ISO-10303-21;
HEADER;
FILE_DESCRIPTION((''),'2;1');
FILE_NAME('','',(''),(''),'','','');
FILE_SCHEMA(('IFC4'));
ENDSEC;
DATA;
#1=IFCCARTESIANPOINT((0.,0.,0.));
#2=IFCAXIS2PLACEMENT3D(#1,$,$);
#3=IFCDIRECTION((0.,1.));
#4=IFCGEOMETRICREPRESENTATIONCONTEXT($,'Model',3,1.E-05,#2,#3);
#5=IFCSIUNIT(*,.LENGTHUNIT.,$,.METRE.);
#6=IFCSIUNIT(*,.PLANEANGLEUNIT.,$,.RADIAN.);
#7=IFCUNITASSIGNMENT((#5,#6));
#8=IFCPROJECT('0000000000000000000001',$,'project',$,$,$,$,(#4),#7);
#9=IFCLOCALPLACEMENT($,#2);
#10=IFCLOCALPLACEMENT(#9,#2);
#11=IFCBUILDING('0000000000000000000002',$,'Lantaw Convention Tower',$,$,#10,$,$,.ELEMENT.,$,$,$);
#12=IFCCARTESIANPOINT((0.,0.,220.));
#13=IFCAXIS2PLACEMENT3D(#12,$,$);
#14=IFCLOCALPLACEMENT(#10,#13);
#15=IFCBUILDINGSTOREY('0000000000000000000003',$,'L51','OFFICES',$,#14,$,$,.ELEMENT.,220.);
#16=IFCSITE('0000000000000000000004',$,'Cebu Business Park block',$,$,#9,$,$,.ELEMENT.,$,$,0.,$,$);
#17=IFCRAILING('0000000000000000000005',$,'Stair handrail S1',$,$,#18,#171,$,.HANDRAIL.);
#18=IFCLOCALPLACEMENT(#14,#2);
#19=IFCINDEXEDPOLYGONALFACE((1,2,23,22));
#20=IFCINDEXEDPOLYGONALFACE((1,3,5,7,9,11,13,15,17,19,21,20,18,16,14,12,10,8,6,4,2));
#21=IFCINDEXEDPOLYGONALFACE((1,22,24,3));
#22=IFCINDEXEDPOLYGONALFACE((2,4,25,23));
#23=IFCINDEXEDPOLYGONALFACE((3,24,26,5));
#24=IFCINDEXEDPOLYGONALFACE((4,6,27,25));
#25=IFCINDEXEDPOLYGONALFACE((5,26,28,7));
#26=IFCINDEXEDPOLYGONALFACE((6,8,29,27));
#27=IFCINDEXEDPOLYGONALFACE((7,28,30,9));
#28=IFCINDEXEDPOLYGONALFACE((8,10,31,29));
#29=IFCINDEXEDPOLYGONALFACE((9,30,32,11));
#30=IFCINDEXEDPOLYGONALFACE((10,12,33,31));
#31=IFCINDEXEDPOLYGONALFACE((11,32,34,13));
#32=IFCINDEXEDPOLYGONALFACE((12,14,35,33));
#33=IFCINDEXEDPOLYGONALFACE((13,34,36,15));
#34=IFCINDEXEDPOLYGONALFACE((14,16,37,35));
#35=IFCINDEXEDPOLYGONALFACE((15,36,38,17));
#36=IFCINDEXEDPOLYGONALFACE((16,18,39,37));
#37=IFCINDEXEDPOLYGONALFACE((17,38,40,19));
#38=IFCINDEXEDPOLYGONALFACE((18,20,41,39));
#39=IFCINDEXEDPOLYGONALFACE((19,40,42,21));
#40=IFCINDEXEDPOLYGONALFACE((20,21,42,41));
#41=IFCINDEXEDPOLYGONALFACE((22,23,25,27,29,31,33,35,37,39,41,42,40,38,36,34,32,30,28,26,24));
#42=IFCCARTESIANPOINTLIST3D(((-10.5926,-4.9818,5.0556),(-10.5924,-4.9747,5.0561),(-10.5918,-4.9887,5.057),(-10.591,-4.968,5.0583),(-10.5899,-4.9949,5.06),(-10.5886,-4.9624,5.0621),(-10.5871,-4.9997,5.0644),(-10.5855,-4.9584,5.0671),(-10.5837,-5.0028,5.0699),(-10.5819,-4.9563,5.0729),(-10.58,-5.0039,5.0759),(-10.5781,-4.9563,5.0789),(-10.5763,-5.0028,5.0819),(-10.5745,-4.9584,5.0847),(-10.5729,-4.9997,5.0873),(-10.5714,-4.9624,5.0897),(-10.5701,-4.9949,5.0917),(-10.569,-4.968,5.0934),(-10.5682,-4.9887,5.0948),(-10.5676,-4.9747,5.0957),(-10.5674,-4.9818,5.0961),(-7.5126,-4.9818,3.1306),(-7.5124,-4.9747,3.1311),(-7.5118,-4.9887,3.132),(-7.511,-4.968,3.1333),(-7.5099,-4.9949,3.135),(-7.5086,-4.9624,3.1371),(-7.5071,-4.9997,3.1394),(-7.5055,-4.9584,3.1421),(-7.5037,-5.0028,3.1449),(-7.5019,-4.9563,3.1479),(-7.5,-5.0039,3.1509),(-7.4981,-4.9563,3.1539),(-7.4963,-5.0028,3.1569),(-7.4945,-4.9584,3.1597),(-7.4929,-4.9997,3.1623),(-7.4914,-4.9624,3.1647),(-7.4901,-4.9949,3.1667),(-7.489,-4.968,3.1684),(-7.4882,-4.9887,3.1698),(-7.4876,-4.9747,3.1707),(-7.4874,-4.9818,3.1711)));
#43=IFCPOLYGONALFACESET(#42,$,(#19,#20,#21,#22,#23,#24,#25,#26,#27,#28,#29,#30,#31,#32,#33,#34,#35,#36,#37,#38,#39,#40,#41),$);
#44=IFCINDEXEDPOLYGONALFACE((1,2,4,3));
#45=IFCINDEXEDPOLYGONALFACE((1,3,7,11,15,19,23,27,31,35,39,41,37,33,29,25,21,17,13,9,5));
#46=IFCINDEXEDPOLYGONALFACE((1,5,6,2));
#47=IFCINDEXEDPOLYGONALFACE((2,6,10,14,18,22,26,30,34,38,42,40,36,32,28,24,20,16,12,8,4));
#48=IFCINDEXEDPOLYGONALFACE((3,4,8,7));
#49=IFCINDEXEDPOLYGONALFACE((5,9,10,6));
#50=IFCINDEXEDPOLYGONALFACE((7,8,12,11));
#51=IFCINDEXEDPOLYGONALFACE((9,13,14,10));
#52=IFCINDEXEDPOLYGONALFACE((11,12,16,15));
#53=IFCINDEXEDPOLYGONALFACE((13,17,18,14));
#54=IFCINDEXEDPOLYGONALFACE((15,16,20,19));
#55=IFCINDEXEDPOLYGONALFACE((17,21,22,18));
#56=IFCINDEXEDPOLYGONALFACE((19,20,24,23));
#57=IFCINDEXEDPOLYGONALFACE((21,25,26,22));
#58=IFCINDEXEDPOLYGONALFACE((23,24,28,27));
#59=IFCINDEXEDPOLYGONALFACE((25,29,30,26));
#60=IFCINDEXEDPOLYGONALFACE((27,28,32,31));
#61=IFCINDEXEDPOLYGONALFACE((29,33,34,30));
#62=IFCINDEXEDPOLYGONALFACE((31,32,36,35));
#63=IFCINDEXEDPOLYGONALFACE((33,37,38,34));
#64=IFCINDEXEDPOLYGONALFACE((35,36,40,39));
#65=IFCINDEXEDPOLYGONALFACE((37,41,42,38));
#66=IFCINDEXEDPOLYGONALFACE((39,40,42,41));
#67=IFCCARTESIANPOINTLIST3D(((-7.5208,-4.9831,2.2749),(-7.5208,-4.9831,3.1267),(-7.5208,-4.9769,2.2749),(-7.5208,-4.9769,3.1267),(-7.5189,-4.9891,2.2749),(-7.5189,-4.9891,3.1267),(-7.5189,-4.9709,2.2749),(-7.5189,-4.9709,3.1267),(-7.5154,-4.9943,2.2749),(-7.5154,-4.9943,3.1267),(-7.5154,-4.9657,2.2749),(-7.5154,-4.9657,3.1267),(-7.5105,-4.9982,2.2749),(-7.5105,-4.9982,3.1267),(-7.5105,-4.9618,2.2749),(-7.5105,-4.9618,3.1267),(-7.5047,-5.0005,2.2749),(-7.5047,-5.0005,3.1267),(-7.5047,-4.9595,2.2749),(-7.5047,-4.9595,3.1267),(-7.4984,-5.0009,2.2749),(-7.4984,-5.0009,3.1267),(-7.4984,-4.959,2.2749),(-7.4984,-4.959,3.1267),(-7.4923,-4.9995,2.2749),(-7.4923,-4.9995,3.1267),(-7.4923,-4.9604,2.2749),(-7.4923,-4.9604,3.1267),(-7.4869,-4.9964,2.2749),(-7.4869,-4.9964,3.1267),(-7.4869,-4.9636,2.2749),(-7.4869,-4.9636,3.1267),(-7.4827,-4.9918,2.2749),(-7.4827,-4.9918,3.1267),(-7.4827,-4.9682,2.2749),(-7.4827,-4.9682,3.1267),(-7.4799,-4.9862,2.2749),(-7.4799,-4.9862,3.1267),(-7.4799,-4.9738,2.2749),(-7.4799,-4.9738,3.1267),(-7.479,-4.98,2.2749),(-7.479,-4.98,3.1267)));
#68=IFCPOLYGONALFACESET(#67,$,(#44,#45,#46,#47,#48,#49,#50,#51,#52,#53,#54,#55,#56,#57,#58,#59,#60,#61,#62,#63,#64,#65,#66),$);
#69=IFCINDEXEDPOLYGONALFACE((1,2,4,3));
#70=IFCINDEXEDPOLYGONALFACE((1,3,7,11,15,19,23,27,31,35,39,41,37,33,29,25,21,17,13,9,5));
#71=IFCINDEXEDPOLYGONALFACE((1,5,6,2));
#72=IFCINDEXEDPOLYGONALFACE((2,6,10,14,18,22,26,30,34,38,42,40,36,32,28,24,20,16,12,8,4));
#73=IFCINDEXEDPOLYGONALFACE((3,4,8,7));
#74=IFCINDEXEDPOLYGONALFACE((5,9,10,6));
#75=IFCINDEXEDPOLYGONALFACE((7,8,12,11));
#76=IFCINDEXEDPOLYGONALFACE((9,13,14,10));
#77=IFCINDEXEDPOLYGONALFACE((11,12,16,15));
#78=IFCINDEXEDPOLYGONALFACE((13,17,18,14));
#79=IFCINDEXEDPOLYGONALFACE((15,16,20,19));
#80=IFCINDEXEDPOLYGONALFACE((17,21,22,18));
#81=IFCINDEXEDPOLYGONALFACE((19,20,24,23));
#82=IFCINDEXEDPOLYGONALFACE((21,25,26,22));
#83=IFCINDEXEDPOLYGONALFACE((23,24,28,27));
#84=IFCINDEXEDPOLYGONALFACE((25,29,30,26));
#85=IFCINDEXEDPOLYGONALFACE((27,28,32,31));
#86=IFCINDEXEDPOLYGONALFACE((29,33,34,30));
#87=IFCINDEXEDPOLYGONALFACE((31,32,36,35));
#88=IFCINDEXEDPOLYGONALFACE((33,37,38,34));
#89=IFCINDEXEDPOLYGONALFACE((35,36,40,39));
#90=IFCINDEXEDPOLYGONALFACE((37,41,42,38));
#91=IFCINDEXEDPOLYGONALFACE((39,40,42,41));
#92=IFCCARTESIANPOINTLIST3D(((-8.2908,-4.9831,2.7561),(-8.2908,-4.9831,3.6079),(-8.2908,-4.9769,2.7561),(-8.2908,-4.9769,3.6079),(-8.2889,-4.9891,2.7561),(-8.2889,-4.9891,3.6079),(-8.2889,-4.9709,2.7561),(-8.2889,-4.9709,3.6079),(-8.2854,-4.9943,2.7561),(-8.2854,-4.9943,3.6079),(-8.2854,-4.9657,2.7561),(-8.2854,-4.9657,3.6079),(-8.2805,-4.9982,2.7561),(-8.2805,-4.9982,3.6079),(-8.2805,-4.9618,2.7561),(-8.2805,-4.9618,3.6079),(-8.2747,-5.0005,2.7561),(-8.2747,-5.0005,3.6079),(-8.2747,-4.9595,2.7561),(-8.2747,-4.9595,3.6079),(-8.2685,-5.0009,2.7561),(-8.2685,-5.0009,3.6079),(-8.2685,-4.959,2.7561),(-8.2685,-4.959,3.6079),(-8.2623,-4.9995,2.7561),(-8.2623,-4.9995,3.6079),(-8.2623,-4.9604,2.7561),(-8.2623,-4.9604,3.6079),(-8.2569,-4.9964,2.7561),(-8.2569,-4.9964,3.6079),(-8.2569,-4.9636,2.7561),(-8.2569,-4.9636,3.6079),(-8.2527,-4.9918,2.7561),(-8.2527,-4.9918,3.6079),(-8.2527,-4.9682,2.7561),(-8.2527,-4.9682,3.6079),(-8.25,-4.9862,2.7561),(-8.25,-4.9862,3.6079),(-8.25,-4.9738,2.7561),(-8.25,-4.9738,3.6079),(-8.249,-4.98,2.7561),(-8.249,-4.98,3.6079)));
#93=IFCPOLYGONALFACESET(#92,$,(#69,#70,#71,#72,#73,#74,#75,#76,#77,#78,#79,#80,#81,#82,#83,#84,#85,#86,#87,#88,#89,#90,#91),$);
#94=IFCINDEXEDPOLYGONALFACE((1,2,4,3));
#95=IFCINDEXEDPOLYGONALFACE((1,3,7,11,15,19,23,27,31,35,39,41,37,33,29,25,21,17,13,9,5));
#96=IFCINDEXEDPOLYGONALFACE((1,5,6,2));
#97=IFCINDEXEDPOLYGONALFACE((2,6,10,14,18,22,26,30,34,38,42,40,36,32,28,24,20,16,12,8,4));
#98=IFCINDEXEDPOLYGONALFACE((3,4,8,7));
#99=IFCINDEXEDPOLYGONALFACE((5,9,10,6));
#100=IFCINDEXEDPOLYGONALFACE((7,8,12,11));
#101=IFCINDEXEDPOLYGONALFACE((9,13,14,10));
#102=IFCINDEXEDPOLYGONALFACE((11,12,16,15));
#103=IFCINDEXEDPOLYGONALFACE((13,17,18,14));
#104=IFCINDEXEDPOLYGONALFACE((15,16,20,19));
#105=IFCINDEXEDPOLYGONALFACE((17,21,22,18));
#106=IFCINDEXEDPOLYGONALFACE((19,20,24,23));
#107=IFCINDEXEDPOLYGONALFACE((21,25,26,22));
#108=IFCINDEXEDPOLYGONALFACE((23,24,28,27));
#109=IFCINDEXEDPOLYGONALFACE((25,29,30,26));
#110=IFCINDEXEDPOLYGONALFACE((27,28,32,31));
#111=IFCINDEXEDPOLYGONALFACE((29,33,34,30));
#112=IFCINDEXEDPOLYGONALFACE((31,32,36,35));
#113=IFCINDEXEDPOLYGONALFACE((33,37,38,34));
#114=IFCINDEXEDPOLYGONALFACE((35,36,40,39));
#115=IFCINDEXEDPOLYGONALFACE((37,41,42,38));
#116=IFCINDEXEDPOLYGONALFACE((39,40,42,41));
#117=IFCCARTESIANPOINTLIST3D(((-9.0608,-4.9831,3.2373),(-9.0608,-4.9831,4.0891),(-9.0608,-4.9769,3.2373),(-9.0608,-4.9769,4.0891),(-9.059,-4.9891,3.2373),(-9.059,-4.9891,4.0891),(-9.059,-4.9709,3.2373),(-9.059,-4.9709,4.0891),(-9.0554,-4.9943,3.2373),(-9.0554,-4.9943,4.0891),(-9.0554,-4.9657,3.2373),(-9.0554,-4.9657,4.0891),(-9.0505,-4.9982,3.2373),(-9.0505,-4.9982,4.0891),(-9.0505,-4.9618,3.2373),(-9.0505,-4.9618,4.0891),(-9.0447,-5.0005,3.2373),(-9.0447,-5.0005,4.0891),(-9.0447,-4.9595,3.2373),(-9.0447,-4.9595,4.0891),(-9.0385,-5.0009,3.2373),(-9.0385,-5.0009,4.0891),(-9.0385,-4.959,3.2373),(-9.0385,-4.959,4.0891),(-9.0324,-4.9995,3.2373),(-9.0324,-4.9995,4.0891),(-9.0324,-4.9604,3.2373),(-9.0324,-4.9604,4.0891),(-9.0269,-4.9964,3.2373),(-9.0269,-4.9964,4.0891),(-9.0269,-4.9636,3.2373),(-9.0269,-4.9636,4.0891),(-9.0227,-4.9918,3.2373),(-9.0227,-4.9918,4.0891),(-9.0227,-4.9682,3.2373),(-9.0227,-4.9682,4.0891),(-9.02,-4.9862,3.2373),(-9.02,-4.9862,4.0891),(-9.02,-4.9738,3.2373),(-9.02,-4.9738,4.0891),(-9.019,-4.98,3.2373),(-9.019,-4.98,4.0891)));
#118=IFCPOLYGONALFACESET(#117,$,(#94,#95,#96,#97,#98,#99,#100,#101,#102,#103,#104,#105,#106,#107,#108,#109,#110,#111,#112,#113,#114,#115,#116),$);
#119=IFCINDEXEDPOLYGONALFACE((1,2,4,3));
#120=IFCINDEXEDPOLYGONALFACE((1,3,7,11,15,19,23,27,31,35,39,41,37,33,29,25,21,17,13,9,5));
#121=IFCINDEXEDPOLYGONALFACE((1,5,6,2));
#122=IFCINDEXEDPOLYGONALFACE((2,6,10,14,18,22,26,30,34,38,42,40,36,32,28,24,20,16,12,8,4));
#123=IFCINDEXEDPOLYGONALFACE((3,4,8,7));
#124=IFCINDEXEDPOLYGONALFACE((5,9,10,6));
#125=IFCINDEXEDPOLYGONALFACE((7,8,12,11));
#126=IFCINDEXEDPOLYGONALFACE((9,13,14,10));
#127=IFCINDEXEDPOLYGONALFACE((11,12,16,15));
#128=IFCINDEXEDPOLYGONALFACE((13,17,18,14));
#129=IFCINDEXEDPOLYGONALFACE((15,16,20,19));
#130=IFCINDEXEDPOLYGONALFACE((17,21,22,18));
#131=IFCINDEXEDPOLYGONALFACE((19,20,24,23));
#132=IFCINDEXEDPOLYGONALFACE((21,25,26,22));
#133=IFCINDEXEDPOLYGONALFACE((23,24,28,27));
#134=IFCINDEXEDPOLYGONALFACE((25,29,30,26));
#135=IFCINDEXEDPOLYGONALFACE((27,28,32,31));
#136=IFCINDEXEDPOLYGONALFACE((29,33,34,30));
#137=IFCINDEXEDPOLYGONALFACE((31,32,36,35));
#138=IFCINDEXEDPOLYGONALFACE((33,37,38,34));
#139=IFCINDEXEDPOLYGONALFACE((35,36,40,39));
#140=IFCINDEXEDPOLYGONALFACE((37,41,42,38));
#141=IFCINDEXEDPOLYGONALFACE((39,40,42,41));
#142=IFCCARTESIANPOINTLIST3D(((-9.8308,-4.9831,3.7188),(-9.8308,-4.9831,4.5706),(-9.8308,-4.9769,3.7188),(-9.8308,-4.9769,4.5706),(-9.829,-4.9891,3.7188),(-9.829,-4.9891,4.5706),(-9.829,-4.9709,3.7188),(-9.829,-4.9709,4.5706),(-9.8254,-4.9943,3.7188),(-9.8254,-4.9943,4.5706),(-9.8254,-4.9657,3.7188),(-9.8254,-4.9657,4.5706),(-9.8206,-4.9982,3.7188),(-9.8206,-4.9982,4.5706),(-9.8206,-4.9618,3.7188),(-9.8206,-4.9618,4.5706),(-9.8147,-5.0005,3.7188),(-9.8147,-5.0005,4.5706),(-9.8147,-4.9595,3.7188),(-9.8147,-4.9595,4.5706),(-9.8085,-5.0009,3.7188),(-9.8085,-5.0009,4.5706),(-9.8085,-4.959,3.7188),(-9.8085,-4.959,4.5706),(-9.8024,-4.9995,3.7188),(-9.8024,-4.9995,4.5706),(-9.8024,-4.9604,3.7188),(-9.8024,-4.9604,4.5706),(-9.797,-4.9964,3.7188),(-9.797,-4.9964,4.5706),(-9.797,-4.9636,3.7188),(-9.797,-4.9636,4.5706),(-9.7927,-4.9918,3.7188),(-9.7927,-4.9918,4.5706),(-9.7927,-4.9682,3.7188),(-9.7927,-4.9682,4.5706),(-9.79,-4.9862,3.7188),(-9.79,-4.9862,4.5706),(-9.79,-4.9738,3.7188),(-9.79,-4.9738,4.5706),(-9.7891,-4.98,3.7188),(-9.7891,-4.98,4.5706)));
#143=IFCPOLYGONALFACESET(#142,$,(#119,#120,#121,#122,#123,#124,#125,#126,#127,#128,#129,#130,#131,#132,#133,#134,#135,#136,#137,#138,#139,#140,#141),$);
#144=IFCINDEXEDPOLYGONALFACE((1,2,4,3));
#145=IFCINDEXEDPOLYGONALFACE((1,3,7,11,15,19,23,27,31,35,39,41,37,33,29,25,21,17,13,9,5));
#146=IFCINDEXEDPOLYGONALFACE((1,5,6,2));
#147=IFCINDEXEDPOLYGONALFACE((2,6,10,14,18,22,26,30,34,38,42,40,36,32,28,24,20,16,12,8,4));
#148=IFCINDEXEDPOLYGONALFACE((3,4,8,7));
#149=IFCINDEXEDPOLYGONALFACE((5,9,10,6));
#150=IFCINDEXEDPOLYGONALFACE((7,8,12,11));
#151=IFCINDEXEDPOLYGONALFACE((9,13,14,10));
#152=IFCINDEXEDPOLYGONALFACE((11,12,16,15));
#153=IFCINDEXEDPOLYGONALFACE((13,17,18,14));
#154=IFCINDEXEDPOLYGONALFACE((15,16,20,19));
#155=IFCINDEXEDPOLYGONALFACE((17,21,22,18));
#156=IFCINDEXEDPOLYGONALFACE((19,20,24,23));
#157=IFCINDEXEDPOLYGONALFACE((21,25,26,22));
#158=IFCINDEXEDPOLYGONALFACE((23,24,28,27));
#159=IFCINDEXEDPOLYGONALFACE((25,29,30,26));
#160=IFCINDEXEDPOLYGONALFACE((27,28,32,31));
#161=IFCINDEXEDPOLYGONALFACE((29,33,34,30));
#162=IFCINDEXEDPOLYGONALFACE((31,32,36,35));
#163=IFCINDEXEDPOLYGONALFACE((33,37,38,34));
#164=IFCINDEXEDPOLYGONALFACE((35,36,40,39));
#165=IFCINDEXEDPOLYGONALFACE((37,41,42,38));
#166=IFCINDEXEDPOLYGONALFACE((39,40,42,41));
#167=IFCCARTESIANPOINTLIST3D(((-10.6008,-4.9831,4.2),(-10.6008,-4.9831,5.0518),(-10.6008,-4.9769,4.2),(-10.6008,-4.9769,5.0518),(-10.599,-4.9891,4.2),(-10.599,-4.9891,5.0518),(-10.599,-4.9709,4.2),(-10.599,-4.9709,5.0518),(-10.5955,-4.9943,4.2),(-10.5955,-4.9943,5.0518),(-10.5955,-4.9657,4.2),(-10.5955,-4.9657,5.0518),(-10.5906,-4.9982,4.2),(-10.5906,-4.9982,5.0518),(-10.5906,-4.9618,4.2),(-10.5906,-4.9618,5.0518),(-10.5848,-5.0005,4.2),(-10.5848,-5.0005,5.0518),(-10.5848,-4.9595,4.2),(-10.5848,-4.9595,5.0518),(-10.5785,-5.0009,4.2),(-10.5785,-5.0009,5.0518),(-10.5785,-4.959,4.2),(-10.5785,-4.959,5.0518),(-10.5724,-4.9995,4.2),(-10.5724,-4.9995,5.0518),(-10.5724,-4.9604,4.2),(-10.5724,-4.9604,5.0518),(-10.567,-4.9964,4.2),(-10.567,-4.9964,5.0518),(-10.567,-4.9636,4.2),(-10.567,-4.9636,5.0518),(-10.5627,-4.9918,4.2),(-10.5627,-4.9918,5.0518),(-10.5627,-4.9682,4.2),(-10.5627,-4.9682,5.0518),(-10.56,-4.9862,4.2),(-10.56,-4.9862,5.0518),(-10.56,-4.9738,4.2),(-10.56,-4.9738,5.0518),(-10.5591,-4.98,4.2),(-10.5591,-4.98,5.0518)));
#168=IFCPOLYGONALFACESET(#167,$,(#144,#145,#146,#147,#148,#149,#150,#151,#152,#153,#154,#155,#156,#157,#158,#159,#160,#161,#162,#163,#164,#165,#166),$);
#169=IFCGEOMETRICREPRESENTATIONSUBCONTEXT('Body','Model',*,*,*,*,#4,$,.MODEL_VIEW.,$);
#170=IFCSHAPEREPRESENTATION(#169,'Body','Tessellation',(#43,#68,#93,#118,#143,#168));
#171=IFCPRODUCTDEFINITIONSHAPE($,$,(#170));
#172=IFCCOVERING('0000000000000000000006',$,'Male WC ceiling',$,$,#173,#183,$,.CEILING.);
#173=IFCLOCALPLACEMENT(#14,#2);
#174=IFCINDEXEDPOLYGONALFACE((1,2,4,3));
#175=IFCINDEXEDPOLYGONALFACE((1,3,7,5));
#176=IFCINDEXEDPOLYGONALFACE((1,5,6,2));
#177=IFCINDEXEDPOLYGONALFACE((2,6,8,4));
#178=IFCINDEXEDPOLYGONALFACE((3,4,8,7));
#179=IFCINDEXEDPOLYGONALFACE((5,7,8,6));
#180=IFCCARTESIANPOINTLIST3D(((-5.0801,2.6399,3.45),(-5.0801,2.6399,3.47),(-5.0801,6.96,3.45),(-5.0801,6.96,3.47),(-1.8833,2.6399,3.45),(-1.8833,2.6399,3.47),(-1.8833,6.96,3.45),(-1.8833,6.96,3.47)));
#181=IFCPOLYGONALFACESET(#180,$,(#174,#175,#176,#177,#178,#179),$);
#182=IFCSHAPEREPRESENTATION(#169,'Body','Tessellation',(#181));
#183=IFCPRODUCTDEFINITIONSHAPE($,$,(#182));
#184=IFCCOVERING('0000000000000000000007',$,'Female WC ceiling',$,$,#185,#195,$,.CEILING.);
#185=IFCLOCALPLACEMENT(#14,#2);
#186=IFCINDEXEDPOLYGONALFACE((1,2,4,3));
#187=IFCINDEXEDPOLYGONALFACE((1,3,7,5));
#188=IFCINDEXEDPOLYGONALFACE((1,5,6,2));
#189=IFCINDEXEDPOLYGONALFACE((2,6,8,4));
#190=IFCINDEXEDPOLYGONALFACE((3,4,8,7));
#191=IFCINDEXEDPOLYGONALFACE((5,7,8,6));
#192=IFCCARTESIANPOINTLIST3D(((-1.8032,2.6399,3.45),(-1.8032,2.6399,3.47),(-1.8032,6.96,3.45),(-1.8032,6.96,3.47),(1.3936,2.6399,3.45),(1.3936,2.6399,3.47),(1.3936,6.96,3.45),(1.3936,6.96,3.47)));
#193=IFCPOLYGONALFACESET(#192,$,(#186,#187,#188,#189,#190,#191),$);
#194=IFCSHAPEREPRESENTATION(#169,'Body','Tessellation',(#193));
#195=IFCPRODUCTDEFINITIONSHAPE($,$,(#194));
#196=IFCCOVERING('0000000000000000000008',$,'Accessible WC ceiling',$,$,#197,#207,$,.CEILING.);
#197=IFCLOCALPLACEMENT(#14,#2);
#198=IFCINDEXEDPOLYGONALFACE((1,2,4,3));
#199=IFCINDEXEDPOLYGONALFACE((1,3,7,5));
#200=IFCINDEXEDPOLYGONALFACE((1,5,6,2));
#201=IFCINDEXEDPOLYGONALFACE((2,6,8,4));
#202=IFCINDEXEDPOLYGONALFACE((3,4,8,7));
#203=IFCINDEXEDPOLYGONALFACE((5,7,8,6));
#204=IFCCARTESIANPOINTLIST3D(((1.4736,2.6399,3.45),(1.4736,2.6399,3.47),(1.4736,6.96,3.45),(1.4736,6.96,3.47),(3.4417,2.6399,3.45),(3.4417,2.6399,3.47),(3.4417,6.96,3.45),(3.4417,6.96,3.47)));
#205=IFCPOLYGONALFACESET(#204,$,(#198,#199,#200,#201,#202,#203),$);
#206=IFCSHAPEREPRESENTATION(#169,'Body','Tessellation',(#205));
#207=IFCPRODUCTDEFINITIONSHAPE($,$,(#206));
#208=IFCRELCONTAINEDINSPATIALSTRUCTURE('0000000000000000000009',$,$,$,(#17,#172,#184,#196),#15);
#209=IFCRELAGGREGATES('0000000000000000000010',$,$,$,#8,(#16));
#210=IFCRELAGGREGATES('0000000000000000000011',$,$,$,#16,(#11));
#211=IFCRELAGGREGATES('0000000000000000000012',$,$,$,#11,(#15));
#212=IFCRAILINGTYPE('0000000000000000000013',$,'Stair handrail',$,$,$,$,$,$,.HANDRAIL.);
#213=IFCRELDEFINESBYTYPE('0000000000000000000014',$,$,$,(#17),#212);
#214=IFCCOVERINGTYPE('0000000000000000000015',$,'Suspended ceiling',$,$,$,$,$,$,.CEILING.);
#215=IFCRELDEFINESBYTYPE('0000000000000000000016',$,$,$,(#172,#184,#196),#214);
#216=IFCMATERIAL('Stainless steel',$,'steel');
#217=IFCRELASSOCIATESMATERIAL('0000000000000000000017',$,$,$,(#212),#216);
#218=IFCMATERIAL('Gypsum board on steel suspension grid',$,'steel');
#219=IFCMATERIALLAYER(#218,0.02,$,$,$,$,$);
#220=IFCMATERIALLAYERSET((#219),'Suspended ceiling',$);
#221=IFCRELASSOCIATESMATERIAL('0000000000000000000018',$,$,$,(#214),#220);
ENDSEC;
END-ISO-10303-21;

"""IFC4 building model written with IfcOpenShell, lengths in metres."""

from ifc_helpers import new_model, si_unit, direction, frame, origin, origin_2d, place, context, subcontext, project, spatial, polyline, circle, outline, extrude, material, layer, layer_set, type_object, element, save


model = new_model("IFC4")

# Units and contexts
model_context = context("Model", 3, precision=1e-05, world=origin(), true_north=direction((0.0, 1.0)))
body_context = subcontext(model_context, "Body", "Model", "MODEL_VIEW")
ifc_project = project(units=[si_unit("LENGTHUNIT", "METRE"), si_unit("PLANEANGLEUNIT", "RADIAN")], contexts=[model_context])

# Site, building, storey
site_placement = place(None, origin())
site = spatial("IfcSite", under=ifc_project, at=site_placement, Name="Cebu Business Park block", CompositionType="ELEMENT", RefElevation=0.0)
building_placement = place(site_placement, origin())
building = spatial("IfcBuilding", under=site, at=building_placement, Name="Lantaw Convention Tower", CompositionType="ELEMENT")
storey_placement = place(building_placement, frame((0.0, 0.0, 220.0)))
storey = spatial("IfcBuildingStorey", under=building, at=storey_placement, Name="L51", Description="OFFICES", CompositionType="ELEMENT", Elevation=220.0)

# Shared definitions
ifc_material_1 = material(Name="Stainless steel", Category="steel")

# Railing
railing_type = type_object("IfcRailingType", Name="Stair handrail", PredefinedType="HANDRAIL", material=ifc_material_1)
railing_1_placement = place(storey_placement, frame((-7.5, -4.98, 2.2749)))
element("IfcRailing", 1, at=railing_1_placement, inside=storey, type_object=railing_type, Name="Stair handrail S1", PredefinedType="HANDRAIL", context=body_context, shape_type="SweptSolid", body=[
    extrude(circle(Radius=0.0239, at=origin_2d()), frame((0.0, 0.0, 0.876), z_axis=(-0.847998, 0.0, 0.529999), x_axis=(0.0, -1.0, 0.0)), (0.0, 0.0, 1.0), 3.6321),
    extrude(circle(Radius=0.021, at=origin_2d()), origin(), (0.0, 0.0, 1.0), 0.8518),
    extrude(circle(Radius=0.021, at=origin_2d()), frame((-0.77, 0.0, 0.4812)), (0.0, 0.0, 1.0), 0.8518),
    extrude(circle(Radius=0.021, at=origin_2d()), frame((-1.54, 0.0, 0.9624)), (0.0, 0.0, 1.0), 0.8518),
    extrude(circle(Radius=0.021, at=origin_2d()), frame((-2.3101, 0.0, 1.4438)), (0.0, 0.0, 1.0), 0.8518),
    extrude(circle(Radius=0.021, at=origin_2d()), frame((-3.0801, 0.0, 1.925)), (0.0, 0.0, 1.0), 0.8518),
])

# Coverings
ifc_material_2 = material(Name="Gypsum board on steel suspension grid", Category="steel")
ifc_layer_1 = layer(ifc_material_2, 0.02)
ifc_layer_set_1 = layer_set([ifc_layer_1], Name="Suspended ceiling")
covering_type = type_object("IfcCoveringType", Name="Suspended ceiling", PredefinedType="CEILING", material=ifc_layer_set_1)
covering_1_placement = place(storey_placement, frame((0.0, 0.0, 3.45)))
element("IfcCovering", 2, at=covering_1_placement, inside=storey, type_object=covering_type, Name="Male WC ceiling", PredefinedType="CEILING", context=body_context, shape_type="SweptSolid", body=[
    extrude(outline(polyline([(-5.0801, 2.6399), (-1.8833, 2.6399), (-1.8833, 6.96), (-5.0801, 6.96), (-5.0801, 2.6399)])), origin(), (0.0, 0.0, 1.0), 0.02),
])
covering_2_placement = place(storey_placement, frame((0.0, 0.0, 3.45)))
element("IfcCovering", 3, at=covering_2_placement, inside=storey, type_object=covering_type, Name="Female WC ceiling", PredefinedType="CEILING", context=body_context, shape_type="SweptSolid", body=[
    extrude(outline(polyline([(-1.8032, 2.6399), (1.3936, 2.6399), (1.3936, 6.96), (-1.8032, 6.96), (-1.8032, 2.6399)])), origin(), (0.0, 0.0, 1.0), 0.02),
])
covering_3_placement = place(storey_placement, frame((0.0, 0.0, 3.45)))
element("IfcCovering", 4, at=covering_3_placement, inside=storey, type_object=covering_type, Name="Accessible WC ceiling", PredefinedType="CEILING", context=body_context, shape_type="SweptSolid", body=[
    extrude(outline(polyline([(1.4736, 2.6399), (3.4417, 2.6399), (3.4417, 6.96), (1.4736, 6.96), (1.4736, 2.6399)])), origin(), (0.0, 0.0, 1.0), 0.02),
])

save(model, "model.ifc")
